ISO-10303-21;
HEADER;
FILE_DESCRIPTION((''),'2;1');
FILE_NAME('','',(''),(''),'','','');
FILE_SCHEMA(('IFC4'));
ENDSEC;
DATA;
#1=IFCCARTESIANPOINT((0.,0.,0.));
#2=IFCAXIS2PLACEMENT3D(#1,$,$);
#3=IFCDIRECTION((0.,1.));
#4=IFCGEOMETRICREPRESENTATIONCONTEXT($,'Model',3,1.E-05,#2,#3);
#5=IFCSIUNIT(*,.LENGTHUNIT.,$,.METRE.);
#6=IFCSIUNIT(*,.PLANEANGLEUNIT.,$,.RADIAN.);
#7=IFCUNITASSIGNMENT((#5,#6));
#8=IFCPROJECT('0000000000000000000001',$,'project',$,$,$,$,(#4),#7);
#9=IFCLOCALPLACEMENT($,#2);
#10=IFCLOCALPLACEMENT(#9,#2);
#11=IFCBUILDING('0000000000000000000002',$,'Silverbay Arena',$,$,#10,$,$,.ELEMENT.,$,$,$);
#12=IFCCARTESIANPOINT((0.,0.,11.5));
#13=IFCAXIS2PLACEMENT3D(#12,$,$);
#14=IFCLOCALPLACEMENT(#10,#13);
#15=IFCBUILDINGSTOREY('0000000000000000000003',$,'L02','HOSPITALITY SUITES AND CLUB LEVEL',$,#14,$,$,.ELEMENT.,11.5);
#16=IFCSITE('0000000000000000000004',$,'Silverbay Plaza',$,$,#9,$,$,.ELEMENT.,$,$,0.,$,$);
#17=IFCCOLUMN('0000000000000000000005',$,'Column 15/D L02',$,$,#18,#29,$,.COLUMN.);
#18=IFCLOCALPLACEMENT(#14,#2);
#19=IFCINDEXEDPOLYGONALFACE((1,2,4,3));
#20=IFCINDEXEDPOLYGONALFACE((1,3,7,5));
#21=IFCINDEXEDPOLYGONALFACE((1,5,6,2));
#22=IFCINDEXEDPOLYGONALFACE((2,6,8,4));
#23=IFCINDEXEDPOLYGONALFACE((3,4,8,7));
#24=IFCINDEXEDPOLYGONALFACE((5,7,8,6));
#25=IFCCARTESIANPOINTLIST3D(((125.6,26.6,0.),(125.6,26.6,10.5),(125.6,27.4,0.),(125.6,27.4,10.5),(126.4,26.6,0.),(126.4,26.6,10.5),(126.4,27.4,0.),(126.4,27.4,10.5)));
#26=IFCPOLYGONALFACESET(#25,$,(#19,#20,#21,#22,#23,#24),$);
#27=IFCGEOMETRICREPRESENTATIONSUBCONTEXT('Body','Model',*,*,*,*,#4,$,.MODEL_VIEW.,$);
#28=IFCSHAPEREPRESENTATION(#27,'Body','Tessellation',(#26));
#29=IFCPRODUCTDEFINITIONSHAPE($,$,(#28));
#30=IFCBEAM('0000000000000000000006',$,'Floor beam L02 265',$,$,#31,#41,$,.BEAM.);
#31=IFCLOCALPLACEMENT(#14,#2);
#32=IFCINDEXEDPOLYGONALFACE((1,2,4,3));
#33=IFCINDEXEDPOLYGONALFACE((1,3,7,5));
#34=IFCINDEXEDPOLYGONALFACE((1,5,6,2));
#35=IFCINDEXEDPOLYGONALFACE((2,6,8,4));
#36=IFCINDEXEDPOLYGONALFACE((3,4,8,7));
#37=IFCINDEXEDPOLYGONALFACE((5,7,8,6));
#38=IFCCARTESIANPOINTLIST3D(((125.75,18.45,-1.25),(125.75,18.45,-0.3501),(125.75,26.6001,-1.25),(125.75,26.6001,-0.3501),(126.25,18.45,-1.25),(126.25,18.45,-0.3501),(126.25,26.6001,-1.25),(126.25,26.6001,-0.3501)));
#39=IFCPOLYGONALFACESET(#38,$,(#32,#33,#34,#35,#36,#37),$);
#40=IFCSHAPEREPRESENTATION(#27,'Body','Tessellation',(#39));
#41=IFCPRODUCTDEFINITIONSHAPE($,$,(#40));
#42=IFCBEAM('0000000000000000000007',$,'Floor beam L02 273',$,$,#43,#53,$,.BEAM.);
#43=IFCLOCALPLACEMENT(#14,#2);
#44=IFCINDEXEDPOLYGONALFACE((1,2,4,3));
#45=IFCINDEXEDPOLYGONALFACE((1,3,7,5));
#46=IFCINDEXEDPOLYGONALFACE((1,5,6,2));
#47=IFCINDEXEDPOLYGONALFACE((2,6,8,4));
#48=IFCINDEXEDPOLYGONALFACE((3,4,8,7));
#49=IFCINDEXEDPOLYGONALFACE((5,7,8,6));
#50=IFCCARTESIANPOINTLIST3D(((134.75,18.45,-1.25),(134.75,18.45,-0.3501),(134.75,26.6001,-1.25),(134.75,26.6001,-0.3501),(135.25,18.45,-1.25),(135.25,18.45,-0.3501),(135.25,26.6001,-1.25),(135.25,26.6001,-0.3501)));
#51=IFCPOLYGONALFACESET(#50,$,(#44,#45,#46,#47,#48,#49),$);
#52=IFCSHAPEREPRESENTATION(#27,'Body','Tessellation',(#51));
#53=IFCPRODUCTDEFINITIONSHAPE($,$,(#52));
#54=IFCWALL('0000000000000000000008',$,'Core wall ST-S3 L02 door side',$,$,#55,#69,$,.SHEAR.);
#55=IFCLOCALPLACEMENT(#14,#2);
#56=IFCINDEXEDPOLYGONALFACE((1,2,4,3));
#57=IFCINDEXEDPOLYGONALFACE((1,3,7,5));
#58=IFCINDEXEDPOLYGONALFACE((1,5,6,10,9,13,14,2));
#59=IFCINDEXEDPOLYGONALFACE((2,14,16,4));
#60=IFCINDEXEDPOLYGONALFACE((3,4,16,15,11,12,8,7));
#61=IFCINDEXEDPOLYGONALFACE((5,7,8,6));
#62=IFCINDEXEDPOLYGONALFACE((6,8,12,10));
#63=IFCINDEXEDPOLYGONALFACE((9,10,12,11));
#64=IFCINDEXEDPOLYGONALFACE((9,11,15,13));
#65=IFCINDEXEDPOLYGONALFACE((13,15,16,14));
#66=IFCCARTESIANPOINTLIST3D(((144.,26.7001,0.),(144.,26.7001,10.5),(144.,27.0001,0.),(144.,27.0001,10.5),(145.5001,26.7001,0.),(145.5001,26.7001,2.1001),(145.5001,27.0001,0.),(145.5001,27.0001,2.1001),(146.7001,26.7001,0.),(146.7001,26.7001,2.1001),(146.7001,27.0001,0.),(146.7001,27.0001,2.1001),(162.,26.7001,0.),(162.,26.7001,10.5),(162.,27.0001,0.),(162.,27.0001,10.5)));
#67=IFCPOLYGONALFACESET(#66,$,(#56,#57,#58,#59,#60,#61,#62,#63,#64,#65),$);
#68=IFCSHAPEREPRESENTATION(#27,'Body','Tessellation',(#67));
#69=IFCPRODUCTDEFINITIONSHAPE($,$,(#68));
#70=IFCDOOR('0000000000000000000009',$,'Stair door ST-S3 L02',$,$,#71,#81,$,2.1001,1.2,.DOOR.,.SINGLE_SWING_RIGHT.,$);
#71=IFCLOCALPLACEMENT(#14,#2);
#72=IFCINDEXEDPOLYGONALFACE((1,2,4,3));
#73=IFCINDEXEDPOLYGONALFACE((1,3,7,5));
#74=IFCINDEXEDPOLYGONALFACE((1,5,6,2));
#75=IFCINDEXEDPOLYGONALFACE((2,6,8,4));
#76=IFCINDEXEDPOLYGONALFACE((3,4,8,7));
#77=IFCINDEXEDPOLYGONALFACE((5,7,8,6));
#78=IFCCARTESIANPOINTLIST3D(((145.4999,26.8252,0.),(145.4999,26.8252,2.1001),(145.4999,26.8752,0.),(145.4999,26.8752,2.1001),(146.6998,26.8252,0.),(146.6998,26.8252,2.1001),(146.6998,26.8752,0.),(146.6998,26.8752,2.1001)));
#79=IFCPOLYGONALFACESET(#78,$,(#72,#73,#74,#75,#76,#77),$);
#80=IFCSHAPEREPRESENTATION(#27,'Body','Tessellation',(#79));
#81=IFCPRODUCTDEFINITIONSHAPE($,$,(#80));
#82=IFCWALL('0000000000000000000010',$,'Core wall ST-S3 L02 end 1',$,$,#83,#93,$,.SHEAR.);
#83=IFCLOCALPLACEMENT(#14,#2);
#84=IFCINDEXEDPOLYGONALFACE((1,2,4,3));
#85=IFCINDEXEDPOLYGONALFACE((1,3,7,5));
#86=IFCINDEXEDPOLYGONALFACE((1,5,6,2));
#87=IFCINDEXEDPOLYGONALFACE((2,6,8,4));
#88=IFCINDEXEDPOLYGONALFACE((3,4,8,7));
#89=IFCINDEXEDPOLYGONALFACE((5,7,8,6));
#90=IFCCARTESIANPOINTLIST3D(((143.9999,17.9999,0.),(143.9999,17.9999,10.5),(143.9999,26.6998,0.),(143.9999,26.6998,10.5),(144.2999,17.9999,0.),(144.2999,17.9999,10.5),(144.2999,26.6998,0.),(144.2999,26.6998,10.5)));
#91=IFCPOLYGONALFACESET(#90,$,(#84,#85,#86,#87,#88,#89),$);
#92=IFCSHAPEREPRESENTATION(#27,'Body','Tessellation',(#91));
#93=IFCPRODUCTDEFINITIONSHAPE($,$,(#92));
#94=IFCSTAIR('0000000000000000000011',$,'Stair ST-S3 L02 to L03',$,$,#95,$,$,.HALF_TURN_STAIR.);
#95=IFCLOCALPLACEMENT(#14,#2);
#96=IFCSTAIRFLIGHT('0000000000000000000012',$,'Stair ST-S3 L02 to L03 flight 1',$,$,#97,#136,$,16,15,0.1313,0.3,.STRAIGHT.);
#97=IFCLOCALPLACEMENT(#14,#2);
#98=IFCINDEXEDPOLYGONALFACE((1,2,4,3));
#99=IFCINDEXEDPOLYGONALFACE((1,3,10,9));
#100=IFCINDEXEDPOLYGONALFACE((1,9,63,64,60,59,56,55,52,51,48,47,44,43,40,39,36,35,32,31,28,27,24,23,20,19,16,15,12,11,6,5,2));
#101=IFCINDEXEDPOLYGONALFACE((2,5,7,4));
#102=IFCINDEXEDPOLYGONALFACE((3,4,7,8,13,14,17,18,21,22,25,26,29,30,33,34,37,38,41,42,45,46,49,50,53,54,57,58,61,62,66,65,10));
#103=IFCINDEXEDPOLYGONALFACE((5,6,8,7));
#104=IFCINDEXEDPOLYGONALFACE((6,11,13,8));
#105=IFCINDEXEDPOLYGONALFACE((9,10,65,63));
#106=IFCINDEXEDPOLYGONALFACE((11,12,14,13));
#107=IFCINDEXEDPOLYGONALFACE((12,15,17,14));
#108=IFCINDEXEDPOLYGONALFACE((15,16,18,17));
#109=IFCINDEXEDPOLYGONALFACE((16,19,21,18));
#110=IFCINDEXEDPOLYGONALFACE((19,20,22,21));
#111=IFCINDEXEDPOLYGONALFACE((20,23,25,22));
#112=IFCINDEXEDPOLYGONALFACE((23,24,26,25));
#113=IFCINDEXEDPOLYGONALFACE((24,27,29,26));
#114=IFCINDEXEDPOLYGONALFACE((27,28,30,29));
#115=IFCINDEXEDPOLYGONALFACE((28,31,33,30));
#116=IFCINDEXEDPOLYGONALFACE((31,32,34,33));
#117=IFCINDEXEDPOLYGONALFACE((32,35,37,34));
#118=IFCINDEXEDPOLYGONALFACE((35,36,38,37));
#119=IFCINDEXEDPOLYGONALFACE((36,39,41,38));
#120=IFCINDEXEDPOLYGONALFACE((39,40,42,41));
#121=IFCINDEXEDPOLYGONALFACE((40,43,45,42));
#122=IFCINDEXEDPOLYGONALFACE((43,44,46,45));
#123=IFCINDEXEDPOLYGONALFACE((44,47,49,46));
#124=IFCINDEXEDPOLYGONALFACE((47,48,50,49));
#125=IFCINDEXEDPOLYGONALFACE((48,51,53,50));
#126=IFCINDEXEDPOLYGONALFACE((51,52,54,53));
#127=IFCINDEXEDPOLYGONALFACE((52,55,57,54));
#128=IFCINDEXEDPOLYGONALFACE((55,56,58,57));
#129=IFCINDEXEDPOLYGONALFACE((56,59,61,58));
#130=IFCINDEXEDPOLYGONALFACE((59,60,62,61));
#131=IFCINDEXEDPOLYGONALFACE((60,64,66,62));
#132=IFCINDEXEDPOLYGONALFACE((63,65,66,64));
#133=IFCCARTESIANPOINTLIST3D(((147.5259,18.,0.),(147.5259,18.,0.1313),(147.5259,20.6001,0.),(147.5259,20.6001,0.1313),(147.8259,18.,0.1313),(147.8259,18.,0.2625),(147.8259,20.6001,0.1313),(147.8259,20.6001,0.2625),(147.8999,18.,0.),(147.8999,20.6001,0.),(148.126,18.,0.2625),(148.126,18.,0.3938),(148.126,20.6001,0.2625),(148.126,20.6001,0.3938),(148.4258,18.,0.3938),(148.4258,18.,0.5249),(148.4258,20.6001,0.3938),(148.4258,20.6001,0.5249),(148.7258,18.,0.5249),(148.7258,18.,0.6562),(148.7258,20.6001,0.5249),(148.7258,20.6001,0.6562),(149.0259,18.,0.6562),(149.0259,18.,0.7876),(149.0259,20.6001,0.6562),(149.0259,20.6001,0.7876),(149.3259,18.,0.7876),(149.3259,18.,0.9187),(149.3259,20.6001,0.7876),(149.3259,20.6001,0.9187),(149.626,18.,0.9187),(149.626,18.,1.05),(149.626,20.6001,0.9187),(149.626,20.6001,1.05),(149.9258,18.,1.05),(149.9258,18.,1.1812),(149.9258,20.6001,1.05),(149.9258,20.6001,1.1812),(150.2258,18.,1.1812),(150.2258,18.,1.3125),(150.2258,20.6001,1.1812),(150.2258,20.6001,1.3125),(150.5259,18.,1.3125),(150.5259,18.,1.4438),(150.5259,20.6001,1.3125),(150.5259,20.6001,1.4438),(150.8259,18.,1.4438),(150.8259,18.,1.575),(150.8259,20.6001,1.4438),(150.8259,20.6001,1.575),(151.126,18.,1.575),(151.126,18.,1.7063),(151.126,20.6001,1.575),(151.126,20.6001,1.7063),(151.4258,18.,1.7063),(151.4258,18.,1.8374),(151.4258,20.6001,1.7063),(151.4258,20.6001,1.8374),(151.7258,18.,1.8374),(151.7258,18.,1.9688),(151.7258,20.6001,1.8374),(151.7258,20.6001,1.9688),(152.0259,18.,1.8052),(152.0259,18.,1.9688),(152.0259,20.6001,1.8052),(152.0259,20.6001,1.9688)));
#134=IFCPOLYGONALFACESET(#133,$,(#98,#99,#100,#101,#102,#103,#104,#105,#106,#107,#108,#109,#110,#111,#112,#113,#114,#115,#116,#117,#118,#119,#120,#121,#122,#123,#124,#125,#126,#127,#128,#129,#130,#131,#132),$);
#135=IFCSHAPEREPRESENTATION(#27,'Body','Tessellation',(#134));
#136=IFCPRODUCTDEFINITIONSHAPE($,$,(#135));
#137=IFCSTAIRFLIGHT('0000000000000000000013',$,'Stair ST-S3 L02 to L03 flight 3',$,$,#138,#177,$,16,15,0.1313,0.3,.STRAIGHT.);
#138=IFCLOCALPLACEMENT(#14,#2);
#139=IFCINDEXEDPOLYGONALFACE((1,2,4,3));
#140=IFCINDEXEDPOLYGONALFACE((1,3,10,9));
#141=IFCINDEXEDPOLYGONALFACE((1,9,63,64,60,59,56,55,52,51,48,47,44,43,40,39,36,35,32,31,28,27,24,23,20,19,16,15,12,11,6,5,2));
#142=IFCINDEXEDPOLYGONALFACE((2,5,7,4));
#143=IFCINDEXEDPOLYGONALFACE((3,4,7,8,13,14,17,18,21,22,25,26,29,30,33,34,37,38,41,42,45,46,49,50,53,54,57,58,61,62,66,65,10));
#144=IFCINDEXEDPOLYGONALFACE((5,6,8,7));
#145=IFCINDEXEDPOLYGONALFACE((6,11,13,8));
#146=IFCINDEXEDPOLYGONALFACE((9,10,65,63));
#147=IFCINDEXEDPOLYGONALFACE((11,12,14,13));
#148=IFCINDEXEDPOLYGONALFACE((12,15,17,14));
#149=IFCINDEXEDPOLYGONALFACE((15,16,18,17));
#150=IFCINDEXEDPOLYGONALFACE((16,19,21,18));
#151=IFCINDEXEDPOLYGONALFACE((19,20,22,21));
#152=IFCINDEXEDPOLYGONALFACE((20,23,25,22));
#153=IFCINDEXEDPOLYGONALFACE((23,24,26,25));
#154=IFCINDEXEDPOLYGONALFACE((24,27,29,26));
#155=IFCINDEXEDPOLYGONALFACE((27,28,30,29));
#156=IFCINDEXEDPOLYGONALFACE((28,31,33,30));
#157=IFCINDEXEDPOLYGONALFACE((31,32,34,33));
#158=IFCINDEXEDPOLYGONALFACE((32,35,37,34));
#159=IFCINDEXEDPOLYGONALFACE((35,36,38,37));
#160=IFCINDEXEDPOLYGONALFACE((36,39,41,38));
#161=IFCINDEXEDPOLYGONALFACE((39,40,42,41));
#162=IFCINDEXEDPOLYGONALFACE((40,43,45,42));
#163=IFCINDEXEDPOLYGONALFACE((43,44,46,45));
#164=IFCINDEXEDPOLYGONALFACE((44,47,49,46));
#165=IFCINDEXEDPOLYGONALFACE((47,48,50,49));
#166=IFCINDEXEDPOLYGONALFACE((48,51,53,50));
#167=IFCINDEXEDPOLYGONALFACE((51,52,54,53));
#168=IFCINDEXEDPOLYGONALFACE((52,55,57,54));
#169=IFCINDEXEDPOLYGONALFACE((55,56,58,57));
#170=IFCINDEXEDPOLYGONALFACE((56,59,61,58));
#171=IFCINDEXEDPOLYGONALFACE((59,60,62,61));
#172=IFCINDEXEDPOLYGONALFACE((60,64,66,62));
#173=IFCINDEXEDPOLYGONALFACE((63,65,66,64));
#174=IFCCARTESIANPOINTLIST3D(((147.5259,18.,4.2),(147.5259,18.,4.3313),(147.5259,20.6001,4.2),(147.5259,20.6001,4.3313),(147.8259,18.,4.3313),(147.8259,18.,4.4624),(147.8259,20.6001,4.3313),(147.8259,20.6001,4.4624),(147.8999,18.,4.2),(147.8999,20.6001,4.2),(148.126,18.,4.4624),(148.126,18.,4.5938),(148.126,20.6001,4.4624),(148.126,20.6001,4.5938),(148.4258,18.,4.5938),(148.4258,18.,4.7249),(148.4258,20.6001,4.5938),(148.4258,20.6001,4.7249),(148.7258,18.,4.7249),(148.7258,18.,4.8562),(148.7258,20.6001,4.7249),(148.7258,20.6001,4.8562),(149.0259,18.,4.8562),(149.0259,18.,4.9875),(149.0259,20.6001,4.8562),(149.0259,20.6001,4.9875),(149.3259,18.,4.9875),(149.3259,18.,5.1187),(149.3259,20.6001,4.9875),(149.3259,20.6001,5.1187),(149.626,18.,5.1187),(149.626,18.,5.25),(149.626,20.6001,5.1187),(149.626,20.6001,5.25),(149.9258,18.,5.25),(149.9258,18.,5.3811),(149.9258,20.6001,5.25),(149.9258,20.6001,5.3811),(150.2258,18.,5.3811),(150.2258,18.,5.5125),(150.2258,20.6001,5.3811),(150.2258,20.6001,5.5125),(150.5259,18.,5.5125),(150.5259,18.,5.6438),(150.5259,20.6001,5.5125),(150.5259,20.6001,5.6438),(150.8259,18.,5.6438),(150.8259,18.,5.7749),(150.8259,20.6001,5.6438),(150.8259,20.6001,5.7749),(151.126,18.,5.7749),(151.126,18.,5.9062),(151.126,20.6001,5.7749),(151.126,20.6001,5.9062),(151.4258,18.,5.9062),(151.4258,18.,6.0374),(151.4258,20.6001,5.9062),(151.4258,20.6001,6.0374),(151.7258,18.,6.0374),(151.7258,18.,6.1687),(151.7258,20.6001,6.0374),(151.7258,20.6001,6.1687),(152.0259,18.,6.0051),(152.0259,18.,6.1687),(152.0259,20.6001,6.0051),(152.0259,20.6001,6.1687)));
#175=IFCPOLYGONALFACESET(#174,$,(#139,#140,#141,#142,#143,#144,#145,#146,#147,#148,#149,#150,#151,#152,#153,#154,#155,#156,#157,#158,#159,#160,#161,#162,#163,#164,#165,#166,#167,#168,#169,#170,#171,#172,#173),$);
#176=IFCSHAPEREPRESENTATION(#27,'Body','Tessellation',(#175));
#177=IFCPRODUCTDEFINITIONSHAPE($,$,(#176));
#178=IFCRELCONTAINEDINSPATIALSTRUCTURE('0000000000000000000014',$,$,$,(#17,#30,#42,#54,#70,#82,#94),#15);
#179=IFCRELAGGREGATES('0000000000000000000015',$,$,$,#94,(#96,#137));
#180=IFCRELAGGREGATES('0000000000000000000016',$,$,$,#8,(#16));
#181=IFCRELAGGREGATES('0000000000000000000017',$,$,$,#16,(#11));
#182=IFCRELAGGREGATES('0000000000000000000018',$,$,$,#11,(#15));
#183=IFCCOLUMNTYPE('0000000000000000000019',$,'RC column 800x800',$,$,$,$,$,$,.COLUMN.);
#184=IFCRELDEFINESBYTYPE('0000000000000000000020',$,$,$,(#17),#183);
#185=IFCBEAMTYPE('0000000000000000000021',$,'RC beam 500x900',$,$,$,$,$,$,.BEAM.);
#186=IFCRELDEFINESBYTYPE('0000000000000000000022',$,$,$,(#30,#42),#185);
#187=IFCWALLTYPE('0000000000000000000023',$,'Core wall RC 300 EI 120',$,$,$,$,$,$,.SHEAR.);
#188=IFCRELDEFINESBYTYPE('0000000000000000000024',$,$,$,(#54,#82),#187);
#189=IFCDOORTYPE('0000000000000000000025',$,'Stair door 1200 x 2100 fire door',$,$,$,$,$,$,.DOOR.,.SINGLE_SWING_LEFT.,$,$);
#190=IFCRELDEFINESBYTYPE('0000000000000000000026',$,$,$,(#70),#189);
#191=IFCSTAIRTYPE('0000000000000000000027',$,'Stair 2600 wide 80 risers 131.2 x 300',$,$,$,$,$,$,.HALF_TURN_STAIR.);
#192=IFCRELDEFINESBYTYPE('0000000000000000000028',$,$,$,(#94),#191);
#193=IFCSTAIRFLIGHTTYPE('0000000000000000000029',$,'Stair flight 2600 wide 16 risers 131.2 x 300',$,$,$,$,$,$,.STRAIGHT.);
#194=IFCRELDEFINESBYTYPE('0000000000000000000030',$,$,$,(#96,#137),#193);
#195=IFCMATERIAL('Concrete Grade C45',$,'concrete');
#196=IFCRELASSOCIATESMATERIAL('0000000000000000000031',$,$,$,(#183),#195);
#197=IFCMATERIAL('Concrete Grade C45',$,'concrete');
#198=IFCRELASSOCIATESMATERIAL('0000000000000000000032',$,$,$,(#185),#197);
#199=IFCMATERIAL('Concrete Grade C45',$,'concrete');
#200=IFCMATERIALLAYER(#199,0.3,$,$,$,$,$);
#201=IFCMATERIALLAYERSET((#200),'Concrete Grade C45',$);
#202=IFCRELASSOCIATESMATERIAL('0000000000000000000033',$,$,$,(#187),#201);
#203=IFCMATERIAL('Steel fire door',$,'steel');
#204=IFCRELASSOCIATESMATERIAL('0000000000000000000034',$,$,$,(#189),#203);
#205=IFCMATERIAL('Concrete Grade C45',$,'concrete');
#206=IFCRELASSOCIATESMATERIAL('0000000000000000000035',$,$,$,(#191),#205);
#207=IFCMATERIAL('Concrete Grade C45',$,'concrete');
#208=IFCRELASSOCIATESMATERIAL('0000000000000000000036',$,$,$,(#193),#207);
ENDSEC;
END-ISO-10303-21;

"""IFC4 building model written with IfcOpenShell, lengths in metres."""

from ifc_helpers import new_model, si_unit, direction, frame, frame_2d, origin, origin_2d, place, context, subcontext, project, spatial, polyline, rectangle, outline, extrude, material, layer, layer_set, material_profile, profile_set, type_object, element, fill, aggregate, save


model = new_model("IFC4")

# Units and contexts
model_context = context("Model", 3, precision=1e-05, world=origin(), true_north=direction((0.0, 1.0)))
body_context = subcontext(model_context, "Body", "Model", "MODEL_VIEW")
ifc_project = project(units=[si_unit("LENGTHUNIT", "METRE"), si_unit("PLANEANGLEUNIT", "RADIAN")], contexts=[model_context])

# Site, building, storey
site_placement = place(None, origin())
site = spatial("IfcSite", under=ifc_project, at=site_placement, Name="Silverbay Plaza", CompositionType="ELEMENT", RefElevation=0.0)
building_placement = place(site_placement, origin())
building = spatial("IfcBuilding", under=site, at=building_placement, Name="Silverbay Arena", CompositionType="ELEMENT")
storey_placement = place(building_placement, frame((0.0, 0.0, 11.5)))
storey = spatial("IfcBuildingStorey", under=building, at=storey_placement, Name="L02", Description="HOSPITALITY SUITES AND CLUB LEVEL", CompositionType="ELEMENT", Elevation=11.5)

# Column
ifc_material_1 = material(Name="Concrete Grade C45", Category="concrete")
ifc_material_profile_1 = material_profile(ifc_material_1, rectangle(XDim=0.8, YDim=0.8, at=origin_2d()), Name="RC 800x800")
ifc_profile_set_1 = profile_set([ifc_material_profile_1], Name="Concrete Grade C45")
column_type = type_object("IfcColumnType", Name="RC column 800x800", PredefinedType="COLUMN", material=ifc_profile_set_1)
column_placement = place(storey_placement, frame((126.0, 27.0, 0.0), z_axis=(0.0, 0.0, 1.0), x_axis=(1.0, 0.0, 0.0)))
element("IfcColumn", 1, at=column_placement, inside=storey, type_object=column_type, Name="Column 15/D L02", PredefinedType="COLUMN", context=body_context, shape_type="SweptSolid", body=[
    extrude(rectangle(XDim=0.8, YDim=0.8, at=origin_2d()), origin(), (0.0, 0.0, 1.0), 10.5),
])

# Beams
ifc_material_2 = material(Name="Concrete Grade C45", Category="concrete")
ifc_material_profile_2 = material_profile(ifc_material_2, rectangle(XDim=0.5, YDim=0.8999, at=origin_2d()), Name="RC 500x900")
ifc_profile_set_2 = profile_set([ifc_material_profile_2], Name="Concrete Grade C45")
beam_type = type_object("IfcBeamType", Name="RC beam 500x900", PredefinedType="BEAM", material=ifc_profile_set_2)
for number, where, z_axis, x_axis, name in (
    (2, (126.0, 18.45, -0.8), (0.0, 1.0, 0.0), (-1.0, 0.0, 0.0), "Floor beam L02 265"),
    (3, (135.0, 18.45, -0.8), (0.0, 1.0, 0.0), (-1.0, 0.0, 0.0), "Floor beam L02 273"),
):
    element("IfcBeam", number, at=place(storey_placement, frame(where, z_axis=z_axis, x_axis=x_axis)), inside=storey, type_object=beam_type, Name=name, PredefinedType="BEAM", context=body_context, shape_type="SweptSolid", body=[
        extrude(rectangle(XDim=0.5, YDim=0.8999, at=origin_2d()), origin(), (0.0, 0.0, 1.0), 8.1501),
    ])

# Wall, opening, door
ifc_material_3 = material(Name="Concrete Grade C45", Category="concrete")
ifc_layer = layer(ifc_material_3, 0.3)
ifc_layer_set = layer_set([ifc_layer], Name="Concrete Grade C45")
wall_type = type_object("IfcWallType", Name="Core wall RC 300 EI 120", PredefinedType="SHEAR", material=ifc_layer_set)
wall_1_placement = place(storey_placement, frame((144.0, 26.8501, 0.0), z_axis=(0.0, 0.0, 1.0), x_axis=(1.0, 0.0, 0.0)))
wall_1 = element("IfcWall", 4, at=wall_1_placement, inside=storey, type_object=wall_type, Name="Core wall ST-S3 L02 door side", PredefinedType="SHEAR", context=body_context, shape_type="SweptSolid", body=[
    extrude(rectangle(XDim=18.0, YDim=0.3, at=frame_2d((9.0, 0.0))), origin(), (0.0, 0.0, 1.0), 10.5),
])
opening_placement = place(wall_1_placement, frame((1.5, 0.0, 0.0)))
opening = element("IfcOpeningElement", 5, at=opening_placement, cuts=wall_1, PredefinedType="OPENING", context=body_context, shape_type="SweptSolid", body=[
    extrude(rectangle(XDim=1.2, YDim=2.1001, at=frame_2d((0.6001, 1.05))), frame((0.0, 0.1602, 0.0), z_axis=(0.0, -1.0, 0.0), x_axis=(1.0, 0.0, 0.0)), (0.0, 0.0, 1.0), 0.3201),
])
ifc_material_4 = material(Name="Steel fire door", Category="steel")
door_type = type_object("IfcDoorType", Name="Stair door 1200 x 2100 fire door", OperationType="SINGLE_SWING_LEFT", PredefinedType="DOOR", material=ifc_material_4)
door_placement = place(opening_placement, frame((1.2, 0.0, 0.0), z_axis=(0.0, 0.0, 1.0), x_axis=(-1.0, 0.0, 0.0)))
door = element("IfcDoor", 6, at=door_placement, inside=storey, type_object=door_type, Name="Stair door ST-S3 L02", OperationType="SINGLE_SWING_RIGHT", OverallHeight=2.1001, OverallWidth=1.2, PredefinedType="DOOR", context=body_context, shape_type="SweptSolid", body=[
    extrude(rectangle(XDim=1.2, YDim=2.1001, at=frame_2d((0.6001, 1.05))), frame((0.0, 0.0249, 0.0), z_axis=(0.0, -1.0, 0.0), x_axis=(1.0, 0.0, 0.0)), (0.0, 0.0, 1.0), 0.05),
])
fill(opening, door)

# Wall
wall_2_placement = place(storey_placement, frame((144.1499, 26.7, 0.0), z_axis=(0.0, 0.0, 1.0), x_axis=(0.0, -1.0, 0.0)))
element("IfcWall", 7, at=wall_2_placement, inside=storey, type_object=wall_type, Name="Core wall ST-S3 L02 end 1", PredefinedType="SHEAR", context=body_context, shape_type="SweptSolid", body=[
    extrude(rectangle(XDim=8.7, YDim=0.3, at=frame_2d((4.3501, 0.0))), origin(), (0.0, 0.0, 1.0), 10.5),
])

# Stair, stair flights
ifc_material_5 = material(Name="Concrete Grade C45", Category="concrete")
stair_type = type_object("IfcStairType", Name="Stair 2600 wide 80 risers 131.2 x 300", PredefinedType="HALF_TURN_STAIR", material=ifc_material_5)
stair_placement = place(storey_placement, origin())
stair = element("IfcStair", 8, at=stair_placement, inside=storey, type_object=stair_type, Name="Stair ST-S3 L02 to L03", PredefinedType="HALF_TURN_STAIR")
ifc_material_6 = material(Name="Concrete Grade C45", Category="concrete")
stair_flight_type = type_object("IfcStairFlightType", Name="Stair flight 2600 wide 16 risers 131.2 x 300", PredefinedType="STRAIGHT", material=ifc_material_6)
stair_flight_1_placement = place(storey_placement, frame((147.5259, 19.3, 0.0), z_axis=(0.0, 0.0, 1.0), x_axis=(1.0, 0.0, 0.0)))
stair_flight_1 = element("IfcStairFlight", 9, at=stair_flight_1_placement, type_object=stair_flight_type, Name="Stair ST-S3 L02 to L03 flight 1", NumberOfRisers=16, NumberOfTreads=15, PredefinedType="STRAIGHT", RiserHeight=0.1313, TreadLength=0.3, context=body_context, shape_type="SweptSolid", body=[
    extrude(outline(polyline([(0.0, 0.0), (0.0, 0.1313), (0.3, 0.1313), (0.3, 0.2625), (0.6001, 0.2625), (0.6001, 0.3938), (0.8999, 0.3938), (0.8999, 0.5249), (1.2, 0.5249), (1.2, 0.6562), (1.5, 0.6562), (1.5, 0.7876), (1.8, 0.7876), (1.8, 0.9187), (2.1001, 0.9187), (2.1001, 1.05), (2.3999, 1.05), (2.3999, 1.1812), (2.7, 1.1812), (2.7, 1.3125), (3.0, 1.3125), (3.0, 1.4438), (3.3, 1.4438), (3.3, 1.575), (3.6001, 1.575), (3.6001, 1.7063), (3.8999, 1.7063), (3.8999, 1.8374), (4.2, 1.8374), (4.2, 1.9688), (4.5, 1.9688), (4.5, 1.8052), (0.374, 0.0), (0.0, 0.0)])), frame((0.0, 1.3, 0.0), z_axis=(0.0, -1.0, 0.0), x_axis=(1.0, 0.0, 0.0)), (0.0, 0.0, 1.0), 2.6001),
])
stair_flight_2_placement = place(storey_placement, frame((147.5259, 19.3, 4.2), z_axis=(0.0, 0.0, 1.0), x_axis=(1.0, 0.0, 0.0)))
stair_flight_2 = element("IfcStairFlight", 10, at=stair_flight_2_placement, type_object=stair_flight_type, Name="Stair ST-S3 L02 to L03 flight 3", NumberOfRisers=16, NumberOfTreads=15, PredefinedType="STRAIGHT", RiserHeight=0.1313, TreadLength=0.3, context=body_context, shape_type="SweptSolid", body=[
    extrude(outline(polyline([(0.0, 0.0), (0.0, 0.1313), (0.3, 0.1313), (0.3, 0.2625), (0.6001, 0.2625), (0.6001, 0.3938), (0.8999, 0.3938), (0.8999, 0.5249), (1.2, 0.5249), (1.2, 0.6562), (1.5, 0.6562), (1.5, 0.7876), (1.8, 0.7876), (1.8, 0.9187), (2.1001, 0.9187), (2.1001, 1.05), (2.3999, 1.05), (2.3999, 1.1812), (2.7, 1.1812), (2.7, 1.3125), (3.0, 1.3125), (3.0, 1.4438), (3.3, 1.4438), (3.3, 1.575), (3.6001, 1.575), (3.6001, 1.7063), (3.8999, 1.7063), (3.8999, 1.8374), (4.2, 1.8374), (4.2, 1.9688), (4.5, 1.9688), (4.5, 1.8052), (0.374, 0.0), (0.0, 0.0)])), frame((0.0, 1.3, 0.0), z_axis=(0.0, -1.0, 0.0), x_axis=(1.0, 0.0, 0.0)), (0.0, 0.0, 1.0), 2.6001),
])
aggregate(stair, [stair_flight_1, stair_flight_2])

save(model, "model.ifc")
